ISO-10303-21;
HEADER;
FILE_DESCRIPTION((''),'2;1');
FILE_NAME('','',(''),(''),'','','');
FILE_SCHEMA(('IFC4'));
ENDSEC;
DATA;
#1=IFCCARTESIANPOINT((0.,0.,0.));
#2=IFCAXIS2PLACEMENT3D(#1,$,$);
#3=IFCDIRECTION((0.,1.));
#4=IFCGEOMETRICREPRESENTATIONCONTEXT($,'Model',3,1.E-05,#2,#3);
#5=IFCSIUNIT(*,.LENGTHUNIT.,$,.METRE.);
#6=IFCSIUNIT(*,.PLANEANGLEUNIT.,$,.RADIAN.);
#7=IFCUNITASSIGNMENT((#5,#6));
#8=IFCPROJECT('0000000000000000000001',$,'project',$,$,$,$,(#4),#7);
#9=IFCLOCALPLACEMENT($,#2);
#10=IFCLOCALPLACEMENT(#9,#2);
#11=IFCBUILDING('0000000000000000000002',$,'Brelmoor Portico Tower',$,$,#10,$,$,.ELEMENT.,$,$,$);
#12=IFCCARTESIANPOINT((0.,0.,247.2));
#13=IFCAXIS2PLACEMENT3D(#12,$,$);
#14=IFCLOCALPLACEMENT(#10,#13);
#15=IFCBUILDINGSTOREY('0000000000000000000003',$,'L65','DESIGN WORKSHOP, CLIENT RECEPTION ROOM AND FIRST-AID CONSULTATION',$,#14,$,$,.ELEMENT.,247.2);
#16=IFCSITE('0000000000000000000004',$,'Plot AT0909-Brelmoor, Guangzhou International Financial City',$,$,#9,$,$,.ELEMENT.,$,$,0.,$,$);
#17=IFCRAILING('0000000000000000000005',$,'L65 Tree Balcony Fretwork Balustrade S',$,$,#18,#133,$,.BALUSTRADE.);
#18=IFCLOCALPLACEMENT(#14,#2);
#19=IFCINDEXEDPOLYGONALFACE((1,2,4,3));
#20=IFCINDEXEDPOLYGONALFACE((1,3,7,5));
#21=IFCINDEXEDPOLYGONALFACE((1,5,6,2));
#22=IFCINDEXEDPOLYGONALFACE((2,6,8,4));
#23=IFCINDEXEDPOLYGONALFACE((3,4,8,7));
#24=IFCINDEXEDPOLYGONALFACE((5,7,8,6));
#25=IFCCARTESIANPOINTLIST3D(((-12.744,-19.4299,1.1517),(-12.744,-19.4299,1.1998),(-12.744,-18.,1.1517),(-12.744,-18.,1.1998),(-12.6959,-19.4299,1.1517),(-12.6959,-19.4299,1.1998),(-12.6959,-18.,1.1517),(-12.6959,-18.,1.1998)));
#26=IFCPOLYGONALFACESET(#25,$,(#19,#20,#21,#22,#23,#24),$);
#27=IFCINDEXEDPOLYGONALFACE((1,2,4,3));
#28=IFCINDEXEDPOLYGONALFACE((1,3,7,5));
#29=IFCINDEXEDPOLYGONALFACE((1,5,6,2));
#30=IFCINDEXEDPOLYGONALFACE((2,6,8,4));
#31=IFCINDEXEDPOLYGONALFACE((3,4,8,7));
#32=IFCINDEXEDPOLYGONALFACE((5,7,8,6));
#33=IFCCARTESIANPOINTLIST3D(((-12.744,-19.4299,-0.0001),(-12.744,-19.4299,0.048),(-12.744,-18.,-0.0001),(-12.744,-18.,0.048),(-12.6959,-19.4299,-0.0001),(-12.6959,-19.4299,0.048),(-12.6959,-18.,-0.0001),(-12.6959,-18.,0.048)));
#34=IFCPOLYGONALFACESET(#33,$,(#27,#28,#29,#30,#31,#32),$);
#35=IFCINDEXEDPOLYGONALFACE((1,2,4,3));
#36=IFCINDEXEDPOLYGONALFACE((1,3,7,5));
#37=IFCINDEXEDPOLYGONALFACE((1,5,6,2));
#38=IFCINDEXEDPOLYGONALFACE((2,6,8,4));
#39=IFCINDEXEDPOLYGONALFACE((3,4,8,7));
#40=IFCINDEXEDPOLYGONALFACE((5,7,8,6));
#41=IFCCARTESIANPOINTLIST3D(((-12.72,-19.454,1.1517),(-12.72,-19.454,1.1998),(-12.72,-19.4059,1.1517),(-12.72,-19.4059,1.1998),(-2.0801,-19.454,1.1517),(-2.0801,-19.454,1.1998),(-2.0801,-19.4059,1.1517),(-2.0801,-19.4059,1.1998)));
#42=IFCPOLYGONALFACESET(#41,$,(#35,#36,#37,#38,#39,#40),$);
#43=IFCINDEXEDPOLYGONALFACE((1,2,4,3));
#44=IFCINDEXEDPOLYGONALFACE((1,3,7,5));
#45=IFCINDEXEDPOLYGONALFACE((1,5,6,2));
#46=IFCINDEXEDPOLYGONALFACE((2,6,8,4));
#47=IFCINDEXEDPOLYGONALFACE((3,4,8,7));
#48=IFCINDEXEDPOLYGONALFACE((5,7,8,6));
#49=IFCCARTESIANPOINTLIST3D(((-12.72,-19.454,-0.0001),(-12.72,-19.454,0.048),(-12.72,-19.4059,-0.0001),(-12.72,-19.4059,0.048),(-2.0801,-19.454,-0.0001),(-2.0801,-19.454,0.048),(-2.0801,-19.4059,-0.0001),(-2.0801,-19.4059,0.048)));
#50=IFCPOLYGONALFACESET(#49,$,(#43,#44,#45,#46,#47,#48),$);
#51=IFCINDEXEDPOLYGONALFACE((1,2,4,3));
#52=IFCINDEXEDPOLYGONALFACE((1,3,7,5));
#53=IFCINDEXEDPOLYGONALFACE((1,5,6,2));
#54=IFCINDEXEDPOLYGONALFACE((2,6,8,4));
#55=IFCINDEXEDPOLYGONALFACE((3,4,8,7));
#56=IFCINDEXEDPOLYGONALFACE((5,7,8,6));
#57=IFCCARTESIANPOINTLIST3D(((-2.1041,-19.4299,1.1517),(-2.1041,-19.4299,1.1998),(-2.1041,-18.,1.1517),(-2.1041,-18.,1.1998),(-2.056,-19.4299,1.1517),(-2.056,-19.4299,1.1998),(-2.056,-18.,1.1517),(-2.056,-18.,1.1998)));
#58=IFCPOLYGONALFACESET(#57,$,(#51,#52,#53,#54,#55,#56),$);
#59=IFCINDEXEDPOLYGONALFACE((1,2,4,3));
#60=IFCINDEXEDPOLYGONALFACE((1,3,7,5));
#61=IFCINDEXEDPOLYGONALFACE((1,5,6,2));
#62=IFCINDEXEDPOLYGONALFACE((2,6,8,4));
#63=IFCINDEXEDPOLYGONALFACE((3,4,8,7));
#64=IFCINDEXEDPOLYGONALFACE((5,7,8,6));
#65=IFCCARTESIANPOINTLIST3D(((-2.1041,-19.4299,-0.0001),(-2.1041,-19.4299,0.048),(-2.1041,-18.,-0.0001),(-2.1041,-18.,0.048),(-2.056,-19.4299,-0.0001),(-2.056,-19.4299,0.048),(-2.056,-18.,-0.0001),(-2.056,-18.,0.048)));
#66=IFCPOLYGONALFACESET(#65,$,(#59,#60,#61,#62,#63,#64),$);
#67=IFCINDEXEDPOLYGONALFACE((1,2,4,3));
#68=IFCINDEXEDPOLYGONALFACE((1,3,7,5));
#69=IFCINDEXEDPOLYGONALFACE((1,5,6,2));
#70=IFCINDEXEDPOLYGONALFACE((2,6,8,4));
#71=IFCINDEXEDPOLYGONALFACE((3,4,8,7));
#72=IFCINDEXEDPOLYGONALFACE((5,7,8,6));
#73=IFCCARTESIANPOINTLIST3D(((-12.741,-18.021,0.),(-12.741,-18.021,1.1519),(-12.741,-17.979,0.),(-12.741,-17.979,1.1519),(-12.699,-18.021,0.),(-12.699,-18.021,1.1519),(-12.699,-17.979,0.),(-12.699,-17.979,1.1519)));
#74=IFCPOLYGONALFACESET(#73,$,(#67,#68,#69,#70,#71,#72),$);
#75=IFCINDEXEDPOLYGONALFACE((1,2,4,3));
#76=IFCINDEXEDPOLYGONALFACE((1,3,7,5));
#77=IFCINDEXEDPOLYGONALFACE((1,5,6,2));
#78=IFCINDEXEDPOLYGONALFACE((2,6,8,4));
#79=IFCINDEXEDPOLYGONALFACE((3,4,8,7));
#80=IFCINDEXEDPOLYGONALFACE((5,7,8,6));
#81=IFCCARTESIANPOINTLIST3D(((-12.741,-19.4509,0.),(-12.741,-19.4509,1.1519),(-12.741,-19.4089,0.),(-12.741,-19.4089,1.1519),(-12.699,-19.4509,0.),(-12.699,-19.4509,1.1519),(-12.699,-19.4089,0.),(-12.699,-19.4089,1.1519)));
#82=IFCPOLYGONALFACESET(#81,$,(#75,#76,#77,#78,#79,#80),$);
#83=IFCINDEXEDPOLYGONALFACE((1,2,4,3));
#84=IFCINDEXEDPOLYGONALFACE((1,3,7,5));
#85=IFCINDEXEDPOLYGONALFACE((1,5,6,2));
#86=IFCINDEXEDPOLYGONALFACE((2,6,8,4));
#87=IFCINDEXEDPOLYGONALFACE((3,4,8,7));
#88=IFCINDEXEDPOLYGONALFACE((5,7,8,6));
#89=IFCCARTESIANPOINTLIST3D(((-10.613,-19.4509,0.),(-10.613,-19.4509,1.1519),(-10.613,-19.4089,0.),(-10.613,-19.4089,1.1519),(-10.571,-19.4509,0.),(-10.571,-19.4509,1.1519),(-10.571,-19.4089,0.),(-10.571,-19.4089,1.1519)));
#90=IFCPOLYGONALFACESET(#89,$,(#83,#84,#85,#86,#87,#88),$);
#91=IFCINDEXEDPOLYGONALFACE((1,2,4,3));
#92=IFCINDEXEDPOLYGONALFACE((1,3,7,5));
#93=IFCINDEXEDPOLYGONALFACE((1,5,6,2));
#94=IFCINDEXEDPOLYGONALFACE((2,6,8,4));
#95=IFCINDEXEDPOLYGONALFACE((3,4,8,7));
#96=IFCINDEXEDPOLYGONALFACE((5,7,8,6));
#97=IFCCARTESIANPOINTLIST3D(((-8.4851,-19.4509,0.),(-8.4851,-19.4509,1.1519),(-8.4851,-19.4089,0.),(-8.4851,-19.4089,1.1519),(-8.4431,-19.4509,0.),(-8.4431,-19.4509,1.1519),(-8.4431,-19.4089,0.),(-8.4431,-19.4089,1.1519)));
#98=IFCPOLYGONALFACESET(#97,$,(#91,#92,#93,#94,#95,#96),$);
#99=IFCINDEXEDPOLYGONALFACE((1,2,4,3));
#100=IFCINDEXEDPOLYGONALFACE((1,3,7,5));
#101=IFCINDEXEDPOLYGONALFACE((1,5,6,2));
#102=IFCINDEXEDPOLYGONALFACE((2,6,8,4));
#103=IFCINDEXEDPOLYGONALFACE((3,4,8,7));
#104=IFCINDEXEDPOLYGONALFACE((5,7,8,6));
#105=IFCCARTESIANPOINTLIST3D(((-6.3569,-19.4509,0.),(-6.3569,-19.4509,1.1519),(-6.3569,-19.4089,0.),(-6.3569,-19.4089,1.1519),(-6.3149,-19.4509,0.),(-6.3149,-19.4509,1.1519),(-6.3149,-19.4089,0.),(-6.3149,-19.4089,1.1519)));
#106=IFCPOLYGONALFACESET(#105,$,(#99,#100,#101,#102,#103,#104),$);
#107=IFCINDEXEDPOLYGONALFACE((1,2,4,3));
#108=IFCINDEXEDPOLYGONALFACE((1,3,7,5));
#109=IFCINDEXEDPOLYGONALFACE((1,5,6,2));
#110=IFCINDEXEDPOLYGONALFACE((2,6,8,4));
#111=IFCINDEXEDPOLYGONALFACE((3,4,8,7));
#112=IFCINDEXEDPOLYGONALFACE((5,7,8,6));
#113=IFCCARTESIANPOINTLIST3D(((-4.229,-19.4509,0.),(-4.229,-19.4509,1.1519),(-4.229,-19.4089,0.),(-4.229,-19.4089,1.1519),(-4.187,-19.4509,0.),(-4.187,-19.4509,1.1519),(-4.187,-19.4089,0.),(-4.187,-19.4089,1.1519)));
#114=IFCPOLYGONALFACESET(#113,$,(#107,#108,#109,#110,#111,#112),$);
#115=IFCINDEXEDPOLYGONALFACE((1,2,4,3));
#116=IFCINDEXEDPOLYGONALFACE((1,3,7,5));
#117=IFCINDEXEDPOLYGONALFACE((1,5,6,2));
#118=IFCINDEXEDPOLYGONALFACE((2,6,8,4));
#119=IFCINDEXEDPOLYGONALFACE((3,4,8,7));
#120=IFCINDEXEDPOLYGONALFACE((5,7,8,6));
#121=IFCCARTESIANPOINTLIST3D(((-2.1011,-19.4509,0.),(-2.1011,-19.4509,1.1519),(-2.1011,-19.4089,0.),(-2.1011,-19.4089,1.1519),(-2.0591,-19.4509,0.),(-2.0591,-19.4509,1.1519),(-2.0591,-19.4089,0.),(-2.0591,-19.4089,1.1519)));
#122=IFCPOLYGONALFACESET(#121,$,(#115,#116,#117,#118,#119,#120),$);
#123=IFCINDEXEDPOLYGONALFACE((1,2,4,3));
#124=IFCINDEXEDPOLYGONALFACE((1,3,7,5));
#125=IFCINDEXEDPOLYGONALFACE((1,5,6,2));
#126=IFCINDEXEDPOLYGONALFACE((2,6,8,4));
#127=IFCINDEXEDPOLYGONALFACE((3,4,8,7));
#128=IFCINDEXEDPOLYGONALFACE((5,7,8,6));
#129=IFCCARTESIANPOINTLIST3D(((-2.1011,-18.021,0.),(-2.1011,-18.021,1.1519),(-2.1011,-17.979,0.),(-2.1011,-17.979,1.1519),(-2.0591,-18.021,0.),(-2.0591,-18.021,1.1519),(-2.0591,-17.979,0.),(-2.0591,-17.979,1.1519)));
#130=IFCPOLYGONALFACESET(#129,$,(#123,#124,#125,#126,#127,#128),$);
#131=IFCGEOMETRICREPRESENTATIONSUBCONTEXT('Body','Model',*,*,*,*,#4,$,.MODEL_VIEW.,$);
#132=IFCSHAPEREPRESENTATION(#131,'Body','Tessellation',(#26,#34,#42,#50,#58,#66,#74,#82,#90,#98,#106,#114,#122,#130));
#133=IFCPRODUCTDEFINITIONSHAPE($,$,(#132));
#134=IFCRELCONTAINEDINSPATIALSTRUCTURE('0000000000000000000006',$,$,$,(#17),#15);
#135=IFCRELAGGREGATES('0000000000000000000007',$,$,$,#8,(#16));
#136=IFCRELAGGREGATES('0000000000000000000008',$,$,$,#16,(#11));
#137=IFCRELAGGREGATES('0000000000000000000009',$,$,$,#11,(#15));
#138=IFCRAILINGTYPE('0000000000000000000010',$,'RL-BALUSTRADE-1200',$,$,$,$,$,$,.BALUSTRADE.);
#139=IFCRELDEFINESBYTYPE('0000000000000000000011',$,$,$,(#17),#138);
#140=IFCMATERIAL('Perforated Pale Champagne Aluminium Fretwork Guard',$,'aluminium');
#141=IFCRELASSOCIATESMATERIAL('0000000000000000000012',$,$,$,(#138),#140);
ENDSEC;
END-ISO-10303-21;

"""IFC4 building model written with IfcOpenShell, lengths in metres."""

from ifc_helpers import new_model, si_unit, direction, frame, origin, origin_2d, place, context, subcontext, project, spatial, rectangle, extrude, material, type_object, element, save


model = new_model("IFC4")

# Units and contexts
model_context = context("Model", 3, precision=1e-05, world=origin(), true_north=direction((0.0, 1.0)))
body_context = subcontext(model_context, "Body", "Model", "MODEL_VIEW")
ifc_project = project(units=[si_unit("LENGTHUNIT", "METRE"), si_unit("PLANEANGLEUNIT", "RADIAN")], contexts=[model_context])

# Site, building, storey
site_placement = place(None, origin())
site = spatial("IfcSite", under=ifc_project, at=site_placement, Name="Plot AT0909-Brelmoor, Guangzhou International Financial City", CompositionType="ELEMENT", RefElevation=0.0)
building_placement = place(site_placement, origin())
building = spatial("IfcBuilding", under=site, at=building_placement, Name="Brelmoor Portico Tower", CompositionType="ELEMENT")
storey_placement = place(building_placement, frame((0.0, 0.0, 247.2)))
storey = spatial("IfcBuildingStorey", under=building, at=storey_placement, Name="L65", Description="DESIGN WORKSHOP, CLIENT RECEPTION ROOM AND FIRST-AID CONSULTATION", CompositionType="ELEMENT", Elevation=247.2)

# Railing
ifc_material_1 = material(Name="Perforated Pale Champagne Aluminium Fretwork Guard", Category="aluminium")
railing_type = type_object("IfcRailingType", Name="RL-BALUSTRADE-1200", PredefinedType="BALUSTRADE", material=ifc_material_1)
railing_1_placement = place(storey_placement, frame((-12.72, -18.0, 0.0)))
element("IfcRailing", 1, at=railing_1_placement, inside=storey, type_object=railing_type, Name="L65 Tree Balcony Fretwork Balustrade S", PredefinedType="BALUSTRADE", context=body_context, shape_type="SweptSolid", body=[
    extrude(rectangle(XDim=0.0481, YDim=0.0481, at=origin_2d()), frame((0.0, 0.0, 1.1758), z_axis=(0.0, -1.0, 0.0), x_axis=(1.0, 0.0, 0.0)), (0.0, 0.0, 1.0), 1.4299),
    extrude(rectangle(XDim=0.0481, YDim=0.0481, at=origin_2d()), frame((0.0, 0.0, 0.0239), z_axis=(0.0, -1.0, 0.0), x_axis=(1.0, 0.0, 0.0)), (0.0, 0.0, 1.0), 1.4299),
    extrude(rectangle(XDim=0.0481, YDim=0.0481, at=origin_2d()), frame((0.0, -1.4299, 1.1758), z_axis=(1.0, 0.0, 0.0), x_axis=(0.0, 1.0, 0.0)), (0.0, 0.0, 1.0), 10.6399),
    extrude(rectangle(XDim=0.0481, YDim=0.0481, at=origin_2d()), frame((0.0, -1.4299, 0.0239), z_axis=(1.0, 0.0, 0.0), x_axis=(0.0, 1.0, 0.0)), (0.0, 0.0, 1.0), 10.6399),
    extrude(rectangle(XDim=0.0481, YDim=0.0481, at=origin_2d()), frame((10.6399, -1.4299, 1.1758), z_axis=(0.0, 1.0, 0.0), x_axis=(-1.0, 0.0, 0.0)), (0.0, 0.0, 1.0), 1.4299),
    extrude(rectangle(XDim=0.0481, YDim=0.0481, at=origin_2d()), frame((10.6399, -1.4299, 0.0239), z_axis=(0.0, 1.0, 0.0), x_axis=(-1.0, 0.0, 0.0)), (0.0, 0.0, 1.0), 1.4299),
    extrude(rectangle(XDim=0.042, YDim=0.042, at=origin_2d()), origin(), (0.0, 0.0, 1.0), 1.1519),
    extrude(rectangle(XDim=0.042, YDim=0.042, at=origin_2d()), frame((0.0, -1.4299, 0.0)), (0.0, 0.0, 1.0), 1.1519),
    extrude(rectangle(XDim=0.042, YDim=0.042, at=origin_2d()), frame((2.1279, -1.4299, 0.0)), (0.0, 0.0, 1.0), 1.1519),
    extrude(rectangle(XDim=0.042, YDim=0.042, at=origin_2d()), frame((4.2559, -1.4299, 0.0)), (0.0, 0.0, 1.0), 1.1519),
    extrude(rectangle(XDim=0.042, YDim=0.042, at=origin_2d()), frame((6.384, -1.4299, 0.0)), (0.0, 0.0, 1.0), 1.1519),
    extrude(rectangle(XDim=0.042, YDim=0.042, at=origin_2d()), frame((8.512, -1.4299, 0.0)), (0.0, 0.0, 1.0), 1.1519),
    extrude(rectangle(XDim=0.042, YDim=0.042, at=origin_2d()), frame((10.6399, -1.4299, 0.0)), (0.0, 0.0, 1.0), 1.1519),
    extrude(rectangle(XDim=0.042, YDim=0.042, at=origin_2d()), frame((10.6399, 0.0, 0.0)), (0.0, 0.0, 1.0), 1.1519),
])

save(model, "model.ifc")
